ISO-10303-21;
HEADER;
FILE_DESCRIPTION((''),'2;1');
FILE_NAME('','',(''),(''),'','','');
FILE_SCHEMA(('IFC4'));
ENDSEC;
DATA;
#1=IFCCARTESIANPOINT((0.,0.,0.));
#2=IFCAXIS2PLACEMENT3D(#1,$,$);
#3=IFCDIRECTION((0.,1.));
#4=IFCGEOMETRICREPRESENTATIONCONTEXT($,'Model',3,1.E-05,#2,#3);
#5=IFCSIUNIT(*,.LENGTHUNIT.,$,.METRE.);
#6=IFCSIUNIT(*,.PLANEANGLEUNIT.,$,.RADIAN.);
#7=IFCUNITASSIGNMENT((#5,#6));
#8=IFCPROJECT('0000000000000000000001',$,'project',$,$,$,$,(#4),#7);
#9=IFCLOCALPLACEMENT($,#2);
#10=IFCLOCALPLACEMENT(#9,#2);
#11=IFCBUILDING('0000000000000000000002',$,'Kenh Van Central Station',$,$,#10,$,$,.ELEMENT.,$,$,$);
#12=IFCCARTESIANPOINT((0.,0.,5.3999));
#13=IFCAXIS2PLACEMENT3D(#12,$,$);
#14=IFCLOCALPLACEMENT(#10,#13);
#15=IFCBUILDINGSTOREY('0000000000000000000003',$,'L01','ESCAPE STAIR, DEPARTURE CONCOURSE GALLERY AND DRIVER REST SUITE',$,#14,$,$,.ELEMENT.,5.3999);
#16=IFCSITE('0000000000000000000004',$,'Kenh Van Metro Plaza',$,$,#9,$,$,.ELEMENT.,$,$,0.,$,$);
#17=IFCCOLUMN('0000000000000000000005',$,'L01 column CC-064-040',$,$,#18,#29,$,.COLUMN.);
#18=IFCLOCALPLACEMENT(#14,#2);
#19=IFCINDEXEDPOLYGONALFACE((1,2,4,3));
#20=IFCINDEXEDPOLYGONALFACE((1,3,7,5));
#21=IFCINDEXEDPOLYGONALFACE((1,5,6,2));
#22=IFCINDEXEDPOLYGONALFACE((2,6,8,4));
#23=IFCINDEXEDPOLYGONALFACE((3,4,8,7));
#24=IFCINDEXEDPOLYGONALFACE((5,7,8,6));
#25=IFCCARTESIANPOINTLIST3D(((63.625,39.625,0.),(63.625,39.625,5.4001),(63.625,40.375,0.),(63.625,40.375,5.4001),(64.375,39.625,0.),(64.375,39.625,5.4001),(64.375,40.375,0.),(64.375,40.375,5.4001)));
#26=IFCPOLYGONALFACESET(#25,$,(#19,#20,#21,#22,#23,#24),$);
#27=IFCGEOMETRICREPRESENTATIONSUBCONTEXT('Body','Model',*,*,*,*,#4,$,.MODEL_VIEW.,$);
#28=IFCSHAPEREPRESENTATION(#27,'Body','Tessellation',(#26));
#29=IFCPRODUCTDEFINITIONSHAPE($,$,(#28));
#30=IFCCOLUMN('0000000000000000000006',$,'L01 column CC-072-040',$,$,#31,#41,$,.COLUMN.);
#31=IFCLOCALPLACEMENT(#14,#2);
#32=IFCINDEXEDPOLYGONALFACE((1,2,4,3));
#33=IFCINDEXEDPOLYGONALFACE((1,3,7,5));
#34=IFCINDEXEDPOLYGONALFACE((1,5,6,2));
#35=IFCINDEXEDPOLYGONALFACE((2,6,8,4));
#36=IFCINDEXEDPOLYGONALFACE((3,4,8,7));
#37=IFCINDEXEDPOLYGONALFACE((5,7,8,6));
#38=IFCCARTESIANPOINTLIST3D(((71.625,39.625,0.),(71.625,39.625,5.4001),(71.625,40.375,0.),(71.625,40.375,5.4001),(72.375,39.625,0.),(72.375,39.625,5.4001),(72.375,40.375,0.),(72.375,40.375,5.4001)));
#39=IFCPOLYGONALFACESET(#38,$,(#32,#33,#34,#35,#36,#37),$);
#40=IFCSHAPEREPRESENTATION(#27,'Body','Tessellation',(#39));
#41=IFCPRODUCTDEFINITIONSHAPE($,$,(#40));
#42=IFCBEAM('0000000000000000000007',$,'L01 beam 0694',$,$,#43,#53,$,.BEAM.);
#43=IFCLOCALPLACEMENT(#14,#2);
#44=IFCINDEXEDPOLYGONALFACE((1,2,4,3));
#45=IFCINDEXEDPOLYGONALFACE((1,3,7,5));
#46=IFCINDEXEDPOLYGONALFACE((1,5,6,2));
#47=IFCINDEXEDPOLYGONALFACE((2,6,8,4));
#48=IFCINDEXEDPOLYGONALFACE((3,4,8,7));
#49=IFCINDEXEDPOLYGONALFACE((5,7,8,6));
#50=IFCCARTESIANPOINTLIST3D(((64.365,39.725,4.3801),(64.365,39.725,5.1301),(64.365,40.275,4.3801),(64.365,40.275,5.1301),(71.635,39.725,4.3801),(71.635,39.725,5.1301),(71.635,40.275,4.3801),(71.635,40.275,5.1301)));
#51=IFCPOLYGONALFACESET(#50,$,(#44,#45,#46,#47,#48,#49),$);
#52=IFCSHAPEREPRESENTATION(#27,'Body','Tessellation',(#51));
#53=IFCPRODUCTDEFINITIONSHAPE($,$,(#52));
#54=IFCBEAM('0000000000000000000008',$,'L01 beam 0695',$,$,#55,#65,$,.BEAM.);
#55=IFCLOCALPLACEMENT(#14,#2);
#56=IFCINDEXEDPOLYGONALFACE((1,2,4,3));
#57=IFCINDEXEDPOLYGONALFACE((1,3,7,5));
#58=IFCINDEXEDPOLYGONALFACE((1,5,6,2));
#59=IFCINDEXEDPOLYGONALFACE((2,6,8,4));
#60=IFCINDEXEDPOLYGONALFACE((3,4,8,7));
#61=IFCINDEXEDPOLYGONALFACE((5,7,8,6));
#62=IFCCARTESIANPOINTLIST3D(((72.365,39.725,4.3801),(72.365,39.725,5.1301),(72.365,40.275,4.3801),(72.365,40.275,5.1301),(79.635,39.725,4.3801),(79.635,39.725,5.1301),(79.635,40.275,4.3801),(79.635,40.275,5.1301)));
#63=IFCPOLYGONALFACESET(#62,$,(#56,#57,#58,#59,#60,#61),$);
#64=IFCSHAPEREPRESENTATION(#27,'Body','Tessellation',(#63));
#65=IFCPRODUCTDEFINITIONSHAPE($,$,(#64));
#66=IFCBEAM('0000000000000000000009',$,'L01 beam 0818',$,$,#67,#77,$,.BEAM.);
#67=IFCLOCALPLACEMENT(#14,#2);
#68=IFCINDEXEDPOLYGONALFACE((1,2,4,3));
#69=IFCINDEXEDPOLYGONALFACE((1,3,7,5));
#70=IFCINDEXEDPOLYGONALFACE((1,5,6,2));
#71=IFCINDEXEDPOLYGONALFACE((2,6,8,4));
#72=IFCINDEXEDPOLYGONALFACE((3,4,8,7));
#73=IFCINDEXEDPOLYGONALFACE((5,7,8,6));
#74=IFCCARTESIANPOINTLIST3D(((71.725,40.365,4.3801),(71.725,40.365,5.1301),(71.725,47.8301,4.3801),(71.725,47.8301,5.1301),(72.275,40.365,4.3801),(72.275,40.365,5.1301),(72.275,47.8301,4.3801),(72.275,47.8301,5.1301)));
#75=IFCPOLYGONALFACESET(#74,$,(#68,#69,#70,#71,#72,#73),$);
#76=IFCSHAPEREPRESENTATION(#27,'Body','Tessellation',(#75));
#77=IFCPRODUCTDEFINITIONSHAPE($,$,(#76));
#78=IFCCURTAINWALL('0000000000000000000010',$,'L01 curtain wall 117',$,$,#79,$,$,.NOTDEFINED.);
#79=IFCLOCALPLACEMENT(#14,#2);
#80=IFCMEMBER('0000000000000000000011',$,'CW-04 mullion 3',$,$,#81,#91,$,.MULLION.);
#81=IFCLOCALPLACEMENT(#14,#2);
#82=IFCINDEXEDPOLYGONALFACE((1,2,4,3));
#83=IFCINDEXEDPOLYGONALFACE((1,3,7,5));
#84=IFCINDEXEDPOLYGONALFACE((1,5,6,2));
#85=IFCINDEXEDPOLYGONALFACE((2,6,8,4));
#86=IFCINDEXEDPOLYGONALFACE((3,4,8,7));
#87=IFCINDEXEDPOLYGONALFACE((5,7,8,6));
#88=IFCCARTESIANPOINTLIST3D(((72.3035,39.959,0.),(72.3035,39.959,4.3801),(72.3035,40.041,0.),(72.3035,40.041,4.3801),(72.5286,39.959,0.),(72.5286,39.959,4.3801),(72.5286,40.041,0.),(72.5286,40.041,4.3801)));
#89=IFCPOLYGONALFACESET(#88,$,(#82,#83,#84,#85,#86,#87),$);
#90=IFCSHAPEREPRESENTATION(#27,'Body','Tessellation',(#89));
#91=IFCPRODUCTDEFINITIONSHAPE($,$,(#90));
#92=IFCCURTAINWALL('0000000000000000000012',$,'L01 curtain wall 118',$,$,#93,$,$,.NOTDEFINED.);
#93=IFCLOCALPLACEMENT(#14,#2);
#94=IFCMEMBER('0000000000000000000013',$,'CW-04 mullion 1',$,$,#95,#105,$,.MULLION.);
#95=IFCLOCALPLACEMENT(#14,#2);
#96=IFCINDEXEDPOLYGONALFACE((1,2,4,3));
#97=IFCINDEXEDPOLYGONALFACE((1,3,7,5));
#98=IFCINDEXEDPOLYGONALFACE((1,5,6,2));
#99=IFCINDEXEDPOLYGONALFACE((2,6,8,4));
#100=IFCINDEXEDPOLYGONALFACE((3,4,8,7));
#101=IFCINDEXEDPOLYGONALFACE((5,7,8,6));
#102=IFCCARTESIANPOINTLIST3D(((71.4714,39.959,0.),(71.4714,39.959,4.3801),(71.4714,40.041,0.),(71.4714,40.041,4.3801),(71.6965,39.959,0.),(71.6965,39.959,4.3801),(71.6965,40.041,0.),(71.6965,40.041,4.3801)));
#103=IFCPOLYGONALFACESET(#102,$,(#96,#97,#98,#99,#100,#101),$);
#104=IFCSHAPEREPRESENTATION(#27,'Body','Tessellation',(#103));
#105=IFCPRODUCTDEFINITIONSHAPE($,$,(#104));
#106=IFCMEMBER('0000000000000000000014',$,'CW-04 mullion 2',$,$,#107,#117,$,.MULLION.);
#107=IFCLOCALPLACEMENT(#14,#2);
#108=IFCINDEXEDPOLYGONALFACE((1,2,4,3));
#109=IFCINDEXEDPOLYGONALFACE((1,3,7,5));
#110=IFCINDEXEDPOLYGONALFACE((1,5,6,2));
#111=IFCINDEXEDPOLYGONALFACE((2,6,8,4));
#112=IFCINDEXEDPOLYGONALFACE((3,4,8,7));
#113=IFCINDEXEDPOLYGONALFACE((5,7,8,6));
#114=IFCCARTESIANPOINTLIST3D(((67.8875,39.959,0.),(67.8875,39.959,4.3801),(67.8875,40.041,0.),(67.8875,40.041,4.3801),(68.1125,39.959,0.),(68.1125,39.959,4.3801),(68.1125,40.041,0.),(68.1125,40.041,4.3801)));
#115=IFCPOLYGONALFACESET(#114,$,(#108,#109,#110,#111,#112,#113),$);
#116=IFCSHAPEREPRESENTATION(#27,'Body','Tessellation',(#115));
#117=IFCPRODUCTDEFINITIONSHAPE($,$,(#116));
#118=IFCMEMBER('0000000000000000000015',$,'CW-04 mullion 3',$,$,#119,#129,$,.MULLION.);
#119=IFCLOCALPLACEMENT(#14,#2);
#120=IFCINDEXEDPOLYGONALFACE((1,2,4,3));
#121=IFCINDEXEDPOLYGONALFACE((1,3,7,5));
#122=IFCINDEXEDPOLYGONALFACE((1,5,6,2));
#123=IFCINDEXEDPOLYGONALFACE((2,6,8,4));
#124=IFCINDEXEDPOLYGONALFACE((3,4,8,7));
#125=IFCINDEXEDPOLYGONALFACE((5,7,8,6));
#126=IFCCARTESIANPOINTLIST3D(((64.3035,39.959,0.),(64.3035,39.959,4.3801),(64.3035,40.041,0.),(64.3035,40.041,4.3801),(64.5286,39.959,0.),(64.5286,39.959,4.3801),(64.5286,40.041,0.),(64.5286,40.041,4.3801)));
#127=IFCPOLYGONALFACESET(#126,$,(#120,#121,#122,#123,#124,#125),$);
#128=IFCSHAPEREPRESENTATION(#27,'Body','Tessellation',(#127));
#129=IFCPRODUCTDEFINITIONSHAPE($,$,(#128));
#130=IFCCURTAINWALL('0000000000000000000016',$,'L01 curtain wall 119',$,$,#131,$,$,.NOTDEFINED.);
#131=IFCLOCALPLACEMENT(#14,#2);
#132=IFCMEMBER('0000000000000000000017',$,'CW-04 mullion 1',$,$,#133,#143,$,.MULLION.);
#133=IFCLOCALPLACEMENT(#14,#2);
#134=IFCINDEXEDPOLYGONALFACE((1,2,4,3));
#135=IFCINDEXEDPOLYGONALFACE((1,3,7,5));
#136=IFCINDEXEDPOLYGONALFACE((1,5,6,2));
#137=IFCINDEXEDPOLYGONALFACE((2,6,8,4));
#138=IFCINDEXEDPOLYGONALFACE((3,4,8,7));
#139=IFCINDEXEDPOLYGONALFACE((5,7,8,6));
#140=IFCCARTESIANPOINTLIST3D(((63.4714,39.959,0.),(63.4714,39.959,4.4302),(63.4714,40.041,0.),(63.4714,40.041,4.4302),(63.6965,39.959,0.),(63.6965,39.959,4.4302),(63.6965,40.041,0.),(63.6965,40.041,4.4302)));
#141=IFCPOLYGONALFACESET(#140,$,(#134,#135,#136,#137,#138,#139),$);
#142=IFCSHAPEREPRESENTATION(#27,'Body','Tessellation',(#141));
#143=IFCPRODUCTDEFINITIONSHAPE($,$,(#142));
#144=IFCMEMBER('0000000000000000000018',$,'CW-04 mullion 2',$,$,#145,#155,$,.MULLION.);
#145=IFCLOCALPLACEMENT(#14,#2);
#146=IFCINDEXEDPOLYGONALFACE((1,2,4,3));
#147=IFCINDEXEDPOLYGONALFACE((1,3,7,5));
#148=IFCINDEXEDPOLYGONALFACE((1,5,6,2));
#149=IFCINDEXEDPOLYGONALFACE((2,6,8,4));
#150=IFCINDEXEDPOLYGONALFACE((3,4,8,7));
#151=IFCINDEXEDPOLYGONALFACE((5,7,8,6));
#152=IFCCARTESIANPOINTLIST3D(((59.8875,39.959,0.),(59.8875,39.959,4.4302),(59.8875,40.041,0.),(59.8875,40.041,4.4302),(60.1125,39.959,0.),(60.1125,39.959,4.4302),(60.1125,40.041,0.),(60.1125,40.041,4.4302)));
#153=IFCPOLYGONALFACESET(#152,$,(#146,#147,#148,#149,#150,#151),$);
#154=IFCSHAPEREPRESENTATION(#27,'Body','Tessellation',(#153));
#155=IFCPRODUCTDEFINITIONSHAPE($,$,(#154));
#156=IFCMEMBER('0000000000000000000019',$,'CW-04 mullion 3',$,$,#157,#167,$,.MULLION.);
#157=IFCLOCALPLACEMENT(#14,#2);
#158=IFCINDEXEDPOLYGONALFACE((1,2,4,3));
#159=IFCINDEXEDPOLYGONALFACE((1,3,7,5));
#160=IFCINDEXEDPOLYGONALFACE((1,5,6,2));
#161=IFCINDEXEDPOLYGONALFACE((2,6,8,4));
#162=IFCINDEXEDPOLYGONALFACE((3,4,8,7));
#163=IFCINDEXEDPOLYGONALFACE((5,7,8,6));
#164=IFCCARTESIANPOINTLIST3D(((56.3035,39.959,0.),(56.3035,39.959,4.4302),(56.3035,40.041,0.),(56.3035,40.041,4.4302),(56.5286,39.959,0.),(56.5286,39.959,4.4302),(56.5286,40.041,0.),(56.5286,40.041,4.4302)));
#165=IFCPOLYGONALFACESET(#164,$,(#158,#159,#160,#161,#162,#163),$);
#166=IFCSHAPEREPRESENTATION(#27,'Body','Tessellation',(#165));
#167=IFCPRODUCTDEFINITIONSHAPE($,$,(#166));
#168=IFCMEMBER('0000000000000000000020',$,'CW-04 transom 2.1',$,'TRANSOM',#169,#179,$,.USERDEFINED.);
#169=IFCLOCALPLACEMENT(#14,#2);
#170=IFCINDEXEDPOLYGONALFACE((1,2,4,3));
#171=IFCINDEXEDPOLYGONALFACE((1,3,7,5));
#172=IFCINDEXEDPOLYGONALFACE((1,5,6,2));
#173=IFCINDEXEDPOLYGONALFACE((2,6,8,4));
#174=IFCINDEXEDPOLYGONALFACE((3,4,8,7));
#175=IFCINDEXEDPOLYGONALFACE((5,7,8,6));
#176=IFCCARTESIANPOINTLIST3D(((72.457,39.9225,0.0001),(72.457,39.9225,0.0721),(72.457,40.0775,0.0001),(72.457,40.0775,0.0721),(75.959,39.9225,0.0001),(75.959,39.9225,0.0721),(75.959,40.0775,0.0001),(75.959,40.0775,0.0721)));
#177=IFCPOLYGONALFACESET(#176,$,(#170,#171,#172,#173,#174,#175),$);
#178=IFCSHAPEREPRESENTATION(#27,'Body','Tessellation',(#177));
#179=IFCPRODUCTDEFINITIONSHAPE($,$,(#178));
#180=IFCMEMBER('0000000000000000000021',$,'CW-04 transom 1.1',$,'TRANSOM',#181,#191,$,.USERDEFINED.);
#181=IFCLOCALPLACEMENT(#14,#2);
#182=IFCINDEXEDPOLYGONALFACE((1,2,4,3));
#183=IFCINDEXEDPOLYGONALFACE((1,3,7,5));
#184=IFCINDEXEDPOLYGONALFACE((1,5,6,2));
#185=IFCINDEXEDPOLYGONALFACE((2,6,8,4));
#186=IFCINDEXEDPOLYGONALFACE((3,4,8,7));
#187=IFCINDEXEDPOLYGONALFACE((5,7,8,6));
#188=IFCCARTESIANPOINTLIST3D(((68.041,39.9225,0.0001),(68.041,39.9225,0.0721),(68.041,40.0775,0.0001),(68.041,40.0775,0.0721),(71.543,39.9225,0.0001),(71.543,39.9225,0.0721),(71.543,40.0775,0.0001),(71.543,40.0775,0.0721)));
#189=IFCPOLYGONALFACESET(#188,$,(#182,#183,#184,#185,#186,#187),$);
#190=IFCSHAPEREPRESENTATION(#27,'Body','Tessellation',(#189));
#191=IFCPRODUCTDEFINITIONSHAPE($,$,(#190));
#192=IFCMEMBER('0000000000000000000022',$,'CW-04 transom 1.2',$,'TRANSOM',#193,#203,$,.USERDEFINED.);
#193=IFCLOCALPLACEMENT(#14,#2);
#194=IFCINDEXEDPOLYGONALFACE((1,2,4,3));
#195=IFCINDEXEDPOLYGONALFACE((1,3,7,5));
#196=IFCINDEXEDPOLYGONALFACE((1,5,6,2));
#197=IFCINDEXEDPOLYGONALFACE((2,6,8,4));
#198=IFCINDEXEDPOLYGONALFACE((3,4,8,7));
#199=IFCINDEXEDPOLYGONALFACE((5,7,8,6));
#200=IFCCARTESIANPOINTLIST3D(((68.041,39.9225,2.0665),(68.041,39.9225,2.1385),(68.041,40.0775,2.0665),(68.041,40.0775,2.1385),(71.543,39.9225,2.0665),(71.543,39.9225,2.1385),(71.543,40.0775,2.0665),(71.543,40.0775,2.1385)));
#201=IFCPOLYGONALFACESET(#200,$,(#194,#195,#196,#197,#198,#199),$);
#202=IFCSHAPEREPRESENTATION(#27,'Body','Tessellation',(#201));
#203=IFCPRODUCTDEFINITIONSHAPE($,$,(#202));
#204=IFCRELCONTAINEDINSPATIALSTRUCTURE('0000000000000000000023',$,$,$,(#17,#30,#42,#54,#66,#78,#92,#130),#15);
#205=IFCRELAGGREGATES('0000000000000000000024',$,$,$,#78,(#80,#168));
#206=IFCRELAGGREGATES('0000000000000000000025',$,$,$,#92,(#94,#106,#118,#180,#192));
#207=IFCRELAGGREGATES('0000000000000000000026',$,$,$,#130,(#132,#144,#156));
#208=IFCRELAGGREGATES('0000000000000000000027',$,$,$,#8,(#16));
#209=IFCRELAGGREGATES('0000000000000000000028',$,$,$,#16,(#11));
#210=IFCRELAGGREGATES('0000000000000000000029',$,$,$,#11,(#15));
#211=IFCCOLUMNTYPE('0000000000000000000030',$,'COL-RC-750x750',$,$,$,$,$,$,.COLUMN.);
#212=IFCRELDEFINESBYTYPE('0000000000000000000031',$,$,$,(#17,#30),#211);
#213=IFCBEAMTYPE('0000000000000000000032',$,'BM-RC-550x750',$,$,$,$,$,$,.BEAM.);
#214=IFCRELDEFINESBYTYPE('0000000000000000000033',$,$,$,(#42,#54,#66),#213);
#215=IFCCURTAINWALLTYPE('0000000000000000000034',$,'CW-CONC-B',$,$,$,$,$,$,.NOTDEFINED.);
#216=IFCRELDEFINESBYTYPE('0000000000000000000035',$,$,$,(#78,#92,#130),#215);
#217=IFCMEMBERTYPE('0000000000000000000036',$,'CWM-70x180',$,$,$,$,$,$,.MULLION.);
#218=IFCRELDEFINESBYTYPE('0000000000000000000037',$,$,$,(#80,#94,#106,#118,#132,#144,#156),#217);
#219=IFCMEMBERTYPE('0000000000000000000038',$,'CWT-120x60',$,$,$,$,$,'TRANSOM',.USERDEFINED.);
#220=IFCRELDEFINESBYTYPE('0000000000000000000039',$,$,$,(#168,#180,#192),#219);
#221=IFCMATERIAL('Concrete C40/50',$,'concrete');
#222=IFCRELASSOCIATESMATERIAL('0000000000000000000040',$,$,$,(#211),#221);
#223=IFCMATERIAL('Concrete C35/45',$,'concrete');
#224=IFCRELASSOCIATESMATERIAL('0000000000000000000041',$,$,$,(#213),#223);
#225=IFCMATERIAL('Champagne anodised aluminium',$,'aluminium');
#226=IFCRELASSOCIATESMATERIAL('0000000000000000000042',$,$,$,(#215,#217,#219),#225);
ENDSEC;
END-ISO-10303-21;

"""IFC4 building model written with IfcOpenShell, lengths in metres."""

from ifc_helpers import new_model, si_unit, direction, frame, origin, origin_2d, place, context, subcontext, project, spatial, rectangle, extrude, material, material_profile, profile_set, type_object, element, aggregate, save


model = new_model("IFC4")

# Units and contexts
model_context = context("Model", 3, precision=1e-05, world=origin(), true_north=direction((0.0, 1.0)))
body_context = subcontext(model_context, "Body", "Model", "MODEL_VIEW")
ifc_project = project(units=[si_unit("LENGTHUNIT", "METRE"), si_unit("PLANEANGLEUNIT", "RADIAN")], contexts=[model_context])

# Site, building, storey
site_placement = place(None, origin())
site = spatial("IfcSite", under=ifc_project, at=site_placement, Name="Kenh Van Metro Plaza", CompositionType="ELEMENT", RefElevation=0.0)
building_placement = place(site_placement, origin())
building = spatial("IfcBuilding", under=site, at=building_placement, Name="Kenh Van Central Station", CompositionType="ELEMENT")
storey_placement = place(building_placement, frame((0.0, 0.0, 5.3999)))
storey = spatial("IfcBuildingStorey", under=building, at=storey_placement, Name="L01", Description="ESCAPE STAIR, DEPARTURE CONCOURSE GALLERY AND DRIVER REST SUITE", CompositionType="ELEMENT", Elevation=5.3999)

# Columns
ifc_material_1 = material(Name="Concrete C40/50", Category="concrete")
ifc_material_profile_1 = material_profile(ifc_material_1, rectangle(XDim=0.75, YDim=0.75, at=origin_2d()), Name="RC 750x750")
ifc_profile_set_1 = profile_set([ifc_material_profile_1], Name="Concrete C40/50")
column_type = type_object("IfcColumnType", Name="COL-RC-750x750", PredefinedType="COLUMN", material=ifc_profile_set_1)
for number, where, z_axis, x_axis, name in (
    (1, (64.0, 40.0, 0.0), (0.0, 0.0, 1.0), (1.0, 0.0, 0.0), "L01 column CC-064-040"),
    (2, (72.0, 40.0, 0.0), (0.0, 0.0, 1.0), (1.0, 0.0, 0.0), "L01 column CC-072-040"),
):
    element("IfcColumn", number, at=place(storey_placement, frame(where, z_axis=z_axis, x_axis=x_axis)), inside=storey, type_object=column_type, Name=name, PredefinedType="COLUMN", context=body_context, shape_type="SweptSolid", body=[
        extrude(rectangle(XDim=0.75, YDim=0.75, at=origin_2d()), origin(), (0.0, 0.0, 1.0), 5.4001),
    ])

# Beams
ifc_material_2 = material(Name="Concrete C35/45", Category="concrete")
ifc_material_profile_2 = material_profile(ifc_material_2, rectangle(XDim=0.55, YDim=0.75, at=origin_2d()), Name="RC 550x750")
ifc_profile_set_2 = profile_set([ifc_material_profile_2], Name="Concrete C35/45")
beam_type_1 = type_object("IfcBeamType", Name="BM-RC-550x750", PredefinedType="BEAM", material=ifc_profile_set_2)
for number, where, z_axis, x_axis, name in (
    (3, (64.365, 40.0, 4.7551), (1.0, 0.0, 0.0), (0.0, 1.0, 0.0), "L01 beam 0694"),
    (4, (72.365, 40.0, 4.7551), (1.0, 0.0, 0.0), (0.0, 1.0, 0.0), "L01 beam 0695"),
):
    element("IfcBeam", number, at=place(storey_placement, frame(where, z_axis=z_axis, x_axis=x_axis)), inside=storey, type_object=beam_type_1, Name=name, PredefinedType="BEAM", context=body_context, shape_type="SweptSolid", body=[
        extrude(rectangle(XDim=0.55, YDim=0.75, at=origin_2d()), origin(), (0.0, 0.0, 1.0), 7.27),
    ])
beam_1_placement = place(storey_placement, frame((72.0, 40.365, 4.7551), z_axis=(0.0, 1.0, 0.0), x_axis=(-1.0, 0.0, 0.0)))
element("IfcBeam", 5, at=beam_1_placement, inside=storey, type_object=beam_type_1, Name="L01 beam 0818", PredefinedType="BEAM", context=body_context, shape_type="SweptSolid", body=[
    extrude(rectangle(XDim=0.55, YDim=0.75, at=origin_2d()), origin(), (0.0, 0.0, 1.0), 7.4651),
])

# Curtain wall, member
ifc_material_3 = material(Name="Champagne anodised aluminium", Category="aluminium")
curtain_wall_type = type_object("IfcCurtainWallType", Name="CW-CONC-B", PredefinedType="NOTDEFINED", material=ifc_material_3)
curtain_wall_1_placement = place(storey_placement, origin())
curtain_wall_1 = element("IfcCurtainWall", 6, at=curtain_wall_1_placement, inside=storey, type_object=curtain_wall_type, Name="L01 curtain wall 117", PredefinedType="NOTDEFINED")
ifc_material_profile_3 = material_profile(ifc_material_3, rectangle(XDim=0.082, YDim=0.2251, at=origin_2d()), Name="AL 82x225")
ifc_profile_set_3 = profile_set([ifc_material_profile_3], Name="Champagne anodised aluminium")
member_type_1 = type_object("IfcMemberType", Name="CWM-70x180", PredefinedType="MULLION", material=ifc_profile_set_3)
member_1_placement = place(storey_placement, frame((72.416, 40.0, 0.0), z_axis=(0.0, 0.0, 1.0), x_axis=(0.0, -1.0, 0.0)))
member_1 = element("IfcMember", 7, at=member_1_placement, type_object=member_type_1, Name="CW-04 mullion 3", PredefinedType="MULLION", context=body_context, shape_type="SweptSolid", body=[
    extrude(rectangle(XDim=0.082, YDim=0.2251, at=origin_2d()), origin(), (0.0, 0.0, 1.0), 4.3801),
])

# Curtain walls, members
curtain_wall_2_placement = place(storey_placement, origin())
curtain_wall_2 = element("IfcCurtainWall", 8, at=curtain_wall_2_placement, inside=storey, type_object=curtain_wall_type, Name="L01 curtain wall 118", PredefinedType="NOTDEFINED")
member_2_placement = place(storey_placement, frame((71.584, 40.0, 0.0), z_axis=(0.0, 0.0, 1.0), x_axis=(0.0, -1.0, 0.0)))
member_2 = element("IfcMember", 9, at=member_2_placement, type_object=member_type_1, Name="CW-04 mullion 1", PredefinedType="MULLION", context=body_context, shape_type="SweptSolid", body=[
    extrude(rectangle(XDim=0.082, YDim=0.2251, at=origin_2d()), origin(), (0.0, 0.0, 1.0), 4.3801),
])
member_3_placement = place(storey_placement, frame((68.0, 40.0, 0.0), z_axis=(0.0, 0.0, 1.0), x_axis=(0.0, -1.0, 0.0)))
member_3 = element("IfcMember", 10, at=member_3_placement, type_object=member_type_1, Name="CW-04 mullion 2", PredefinedType="MULLION", context=body_context, shape_type="SweptSolid", body=[
    extrude(rectangle(XDim=0.082, YDim=0.2251, at=origin_2d()), origin(), (0.0, 0.0, 1.0), 4.3801),
])
member_4_placement = place(storey_placement, frame((64.416, 40.0, 0.0), z_axis=(0.0, 0.0, 1.0), x_axis=(0.0, -1.0, 0.0)))
member_4 = element("IfcMember", 11, at=member_4_placement, type_object=member_type_1, Name="CW-04 mullion 3", PredefinedType="MULLION", context=body_context, shape_type="SweptSolid", body=[
    extrude(rectangle(XDim=0.082, YDim=0.2251, at=origin_2d()), origin(), (0.0, 0.0, 1.0), 4.3801),
])
curtain_wall_3_placement = place(storey_placement, origin())
curtain_wall_3 = element("IfcCurtainWall", 12, at=curtain_wall_3_placement, inside=storey, type_object=curtain_wall_type, Name="L01 curtain wall 119", PredefinedType="NOTDEFINED")
member_5_placement = place(storey_placement, frame((63.584, 40.0, 0.0), z_axis=(0.0, 0.0, 1.0), x_axis=(0.0, -1.0, 0.0)))
member_5 = element("IfcMember", 13, at=member_5_placement, type_object=member_type_1, Name="CW-04 mullion 1", PredefinedType="MULLION", context=body_context, shape_type="SweptSolid", body=[
    extrude(rectangle(XDim=0.082, YDim=0.2251, at=origin_2d()), origin(), (0.0, 0.0, 1.0), 4.4302),
])
member_6_placement = place(storey_placement, frame((60.0, 40.0, 0.0), z_axis=(0.0, 0.0, 1.0), x_axis=(0.0, -1.0, 0.0)))
member_6 = element("IfcMember", 14, at=member_6_placement, type_object=member_type_1, Name="CW-04 mullion 2", PredefinedType="MULLION", context=body_context, shape_type="SweptSolid", body=[
    extrude(rectangle(XDim=0.082, YDim=0.2251, at=origin_2d()), origin(), (0.0, 0.0, 1.0), 4.4302),
])
member_7_placement = place(storey_placement, frame((56.416, 40.0, 0.0), z_axis=(0.0, 0.0, 1.0), x_axis=(0.0, -1.0, 0.0)))
member_7 = element("IfcMember", 15, at=member_7_placement, type_object=member_type_1, Name="CW-04 mullion 3", PredefinedType="MULLION", context=body_context, shape_type="SweptSolid", body=[
    extrude(rectangle(XDim=0.082, YDim=0.2251, at=origin_2d()), origin(), (0.0, 0.0, 1.0), 4.4302),
])

# Members
ifc_material_profile_4 = material_profile(ifc_material_3, rectangle(XDim=0.155, YDim=0.072, at=origin_2d()), Name="AL 155x72")
ifc_profile_set_4 = profile_set([ifc_material_profile_4], Name="Champagne anodised aluminium")
member_type_2 = type_object("IfcMemberType", Name="CWT-120x60", ElementType="TRANSOM", PredefinedType="USERDEFINED", material=ifc_profile_set_4)
member_8_placement = place(storey_placement, frame((75.959, 40.0, 0.0361), z_axis=(-1.0, 0.0, 0.0), x_axis=(0.0, -1.0, 0.0)))
member_8 = element("IfcMember", 16, at=member_8_placement, type_object=member_type_2, Name="CW-04 transom 2.1", ObjectType="TRANSOM", PredefinedType="USERDEFINED", context=body_context, shape_type="SweptSolid", body=[
    extrude(rectangle(XDim=0.155, YDim=0.072, at=origin_2d()), origin(), (0.0, 0.0, 1.0), 3.502),
])
member_9_placement = place(storey_placement, frame((71.543, 40.0, 0.0361), z_axis=(-1.0, 0.0, 0.0), x_axis=(0.0, -1.0, 0.0)))
member_9 = element("IfcMember", 17, at=member_9_placement, type_object=member_type_2, Name="CW-04 transom 1.1", ObjectType="TRANSOM", PredefinedType="USERDEFINED", context=body_context, shape_type="SweptSolid", body=[
    extrude(rectangle(XDim=0.155, YDim=0.072, at=origin_2d()), origin(), (0.0, 0.0, 1.0), 3.502),
])
member_10_placement = place(storey_placement, frame((71.543, 40.0, 2.1025), z_axis=(-1.0, 0.0, 0.0), x_axis=(0.0, -1.0, 0.0)))
member_10 = element("IfcMember", 18, at=member_10_placement, type_object=member_type_2, Name="CW-04 transom 1.2", ObjectType="TRANSOM", PredefinedType="USERDEFINED", context=body_context, shape_type="SweptSolid", body=[
    extrude(rectangle(XDim=0.155, YDim=0.072, at=origin_2d()), origin(), (0.0, 0.0, 1.0), 3.502),
])

aggregate(curtain_wall_1, [member_1, member_8])
aggregate(curtain_wall_2, [member_2, member_3, member_4, member_9, member_10])
aggregate(curtain_wall_3, [member_5, member_6, member_7])

save(model, "model.ifc")
